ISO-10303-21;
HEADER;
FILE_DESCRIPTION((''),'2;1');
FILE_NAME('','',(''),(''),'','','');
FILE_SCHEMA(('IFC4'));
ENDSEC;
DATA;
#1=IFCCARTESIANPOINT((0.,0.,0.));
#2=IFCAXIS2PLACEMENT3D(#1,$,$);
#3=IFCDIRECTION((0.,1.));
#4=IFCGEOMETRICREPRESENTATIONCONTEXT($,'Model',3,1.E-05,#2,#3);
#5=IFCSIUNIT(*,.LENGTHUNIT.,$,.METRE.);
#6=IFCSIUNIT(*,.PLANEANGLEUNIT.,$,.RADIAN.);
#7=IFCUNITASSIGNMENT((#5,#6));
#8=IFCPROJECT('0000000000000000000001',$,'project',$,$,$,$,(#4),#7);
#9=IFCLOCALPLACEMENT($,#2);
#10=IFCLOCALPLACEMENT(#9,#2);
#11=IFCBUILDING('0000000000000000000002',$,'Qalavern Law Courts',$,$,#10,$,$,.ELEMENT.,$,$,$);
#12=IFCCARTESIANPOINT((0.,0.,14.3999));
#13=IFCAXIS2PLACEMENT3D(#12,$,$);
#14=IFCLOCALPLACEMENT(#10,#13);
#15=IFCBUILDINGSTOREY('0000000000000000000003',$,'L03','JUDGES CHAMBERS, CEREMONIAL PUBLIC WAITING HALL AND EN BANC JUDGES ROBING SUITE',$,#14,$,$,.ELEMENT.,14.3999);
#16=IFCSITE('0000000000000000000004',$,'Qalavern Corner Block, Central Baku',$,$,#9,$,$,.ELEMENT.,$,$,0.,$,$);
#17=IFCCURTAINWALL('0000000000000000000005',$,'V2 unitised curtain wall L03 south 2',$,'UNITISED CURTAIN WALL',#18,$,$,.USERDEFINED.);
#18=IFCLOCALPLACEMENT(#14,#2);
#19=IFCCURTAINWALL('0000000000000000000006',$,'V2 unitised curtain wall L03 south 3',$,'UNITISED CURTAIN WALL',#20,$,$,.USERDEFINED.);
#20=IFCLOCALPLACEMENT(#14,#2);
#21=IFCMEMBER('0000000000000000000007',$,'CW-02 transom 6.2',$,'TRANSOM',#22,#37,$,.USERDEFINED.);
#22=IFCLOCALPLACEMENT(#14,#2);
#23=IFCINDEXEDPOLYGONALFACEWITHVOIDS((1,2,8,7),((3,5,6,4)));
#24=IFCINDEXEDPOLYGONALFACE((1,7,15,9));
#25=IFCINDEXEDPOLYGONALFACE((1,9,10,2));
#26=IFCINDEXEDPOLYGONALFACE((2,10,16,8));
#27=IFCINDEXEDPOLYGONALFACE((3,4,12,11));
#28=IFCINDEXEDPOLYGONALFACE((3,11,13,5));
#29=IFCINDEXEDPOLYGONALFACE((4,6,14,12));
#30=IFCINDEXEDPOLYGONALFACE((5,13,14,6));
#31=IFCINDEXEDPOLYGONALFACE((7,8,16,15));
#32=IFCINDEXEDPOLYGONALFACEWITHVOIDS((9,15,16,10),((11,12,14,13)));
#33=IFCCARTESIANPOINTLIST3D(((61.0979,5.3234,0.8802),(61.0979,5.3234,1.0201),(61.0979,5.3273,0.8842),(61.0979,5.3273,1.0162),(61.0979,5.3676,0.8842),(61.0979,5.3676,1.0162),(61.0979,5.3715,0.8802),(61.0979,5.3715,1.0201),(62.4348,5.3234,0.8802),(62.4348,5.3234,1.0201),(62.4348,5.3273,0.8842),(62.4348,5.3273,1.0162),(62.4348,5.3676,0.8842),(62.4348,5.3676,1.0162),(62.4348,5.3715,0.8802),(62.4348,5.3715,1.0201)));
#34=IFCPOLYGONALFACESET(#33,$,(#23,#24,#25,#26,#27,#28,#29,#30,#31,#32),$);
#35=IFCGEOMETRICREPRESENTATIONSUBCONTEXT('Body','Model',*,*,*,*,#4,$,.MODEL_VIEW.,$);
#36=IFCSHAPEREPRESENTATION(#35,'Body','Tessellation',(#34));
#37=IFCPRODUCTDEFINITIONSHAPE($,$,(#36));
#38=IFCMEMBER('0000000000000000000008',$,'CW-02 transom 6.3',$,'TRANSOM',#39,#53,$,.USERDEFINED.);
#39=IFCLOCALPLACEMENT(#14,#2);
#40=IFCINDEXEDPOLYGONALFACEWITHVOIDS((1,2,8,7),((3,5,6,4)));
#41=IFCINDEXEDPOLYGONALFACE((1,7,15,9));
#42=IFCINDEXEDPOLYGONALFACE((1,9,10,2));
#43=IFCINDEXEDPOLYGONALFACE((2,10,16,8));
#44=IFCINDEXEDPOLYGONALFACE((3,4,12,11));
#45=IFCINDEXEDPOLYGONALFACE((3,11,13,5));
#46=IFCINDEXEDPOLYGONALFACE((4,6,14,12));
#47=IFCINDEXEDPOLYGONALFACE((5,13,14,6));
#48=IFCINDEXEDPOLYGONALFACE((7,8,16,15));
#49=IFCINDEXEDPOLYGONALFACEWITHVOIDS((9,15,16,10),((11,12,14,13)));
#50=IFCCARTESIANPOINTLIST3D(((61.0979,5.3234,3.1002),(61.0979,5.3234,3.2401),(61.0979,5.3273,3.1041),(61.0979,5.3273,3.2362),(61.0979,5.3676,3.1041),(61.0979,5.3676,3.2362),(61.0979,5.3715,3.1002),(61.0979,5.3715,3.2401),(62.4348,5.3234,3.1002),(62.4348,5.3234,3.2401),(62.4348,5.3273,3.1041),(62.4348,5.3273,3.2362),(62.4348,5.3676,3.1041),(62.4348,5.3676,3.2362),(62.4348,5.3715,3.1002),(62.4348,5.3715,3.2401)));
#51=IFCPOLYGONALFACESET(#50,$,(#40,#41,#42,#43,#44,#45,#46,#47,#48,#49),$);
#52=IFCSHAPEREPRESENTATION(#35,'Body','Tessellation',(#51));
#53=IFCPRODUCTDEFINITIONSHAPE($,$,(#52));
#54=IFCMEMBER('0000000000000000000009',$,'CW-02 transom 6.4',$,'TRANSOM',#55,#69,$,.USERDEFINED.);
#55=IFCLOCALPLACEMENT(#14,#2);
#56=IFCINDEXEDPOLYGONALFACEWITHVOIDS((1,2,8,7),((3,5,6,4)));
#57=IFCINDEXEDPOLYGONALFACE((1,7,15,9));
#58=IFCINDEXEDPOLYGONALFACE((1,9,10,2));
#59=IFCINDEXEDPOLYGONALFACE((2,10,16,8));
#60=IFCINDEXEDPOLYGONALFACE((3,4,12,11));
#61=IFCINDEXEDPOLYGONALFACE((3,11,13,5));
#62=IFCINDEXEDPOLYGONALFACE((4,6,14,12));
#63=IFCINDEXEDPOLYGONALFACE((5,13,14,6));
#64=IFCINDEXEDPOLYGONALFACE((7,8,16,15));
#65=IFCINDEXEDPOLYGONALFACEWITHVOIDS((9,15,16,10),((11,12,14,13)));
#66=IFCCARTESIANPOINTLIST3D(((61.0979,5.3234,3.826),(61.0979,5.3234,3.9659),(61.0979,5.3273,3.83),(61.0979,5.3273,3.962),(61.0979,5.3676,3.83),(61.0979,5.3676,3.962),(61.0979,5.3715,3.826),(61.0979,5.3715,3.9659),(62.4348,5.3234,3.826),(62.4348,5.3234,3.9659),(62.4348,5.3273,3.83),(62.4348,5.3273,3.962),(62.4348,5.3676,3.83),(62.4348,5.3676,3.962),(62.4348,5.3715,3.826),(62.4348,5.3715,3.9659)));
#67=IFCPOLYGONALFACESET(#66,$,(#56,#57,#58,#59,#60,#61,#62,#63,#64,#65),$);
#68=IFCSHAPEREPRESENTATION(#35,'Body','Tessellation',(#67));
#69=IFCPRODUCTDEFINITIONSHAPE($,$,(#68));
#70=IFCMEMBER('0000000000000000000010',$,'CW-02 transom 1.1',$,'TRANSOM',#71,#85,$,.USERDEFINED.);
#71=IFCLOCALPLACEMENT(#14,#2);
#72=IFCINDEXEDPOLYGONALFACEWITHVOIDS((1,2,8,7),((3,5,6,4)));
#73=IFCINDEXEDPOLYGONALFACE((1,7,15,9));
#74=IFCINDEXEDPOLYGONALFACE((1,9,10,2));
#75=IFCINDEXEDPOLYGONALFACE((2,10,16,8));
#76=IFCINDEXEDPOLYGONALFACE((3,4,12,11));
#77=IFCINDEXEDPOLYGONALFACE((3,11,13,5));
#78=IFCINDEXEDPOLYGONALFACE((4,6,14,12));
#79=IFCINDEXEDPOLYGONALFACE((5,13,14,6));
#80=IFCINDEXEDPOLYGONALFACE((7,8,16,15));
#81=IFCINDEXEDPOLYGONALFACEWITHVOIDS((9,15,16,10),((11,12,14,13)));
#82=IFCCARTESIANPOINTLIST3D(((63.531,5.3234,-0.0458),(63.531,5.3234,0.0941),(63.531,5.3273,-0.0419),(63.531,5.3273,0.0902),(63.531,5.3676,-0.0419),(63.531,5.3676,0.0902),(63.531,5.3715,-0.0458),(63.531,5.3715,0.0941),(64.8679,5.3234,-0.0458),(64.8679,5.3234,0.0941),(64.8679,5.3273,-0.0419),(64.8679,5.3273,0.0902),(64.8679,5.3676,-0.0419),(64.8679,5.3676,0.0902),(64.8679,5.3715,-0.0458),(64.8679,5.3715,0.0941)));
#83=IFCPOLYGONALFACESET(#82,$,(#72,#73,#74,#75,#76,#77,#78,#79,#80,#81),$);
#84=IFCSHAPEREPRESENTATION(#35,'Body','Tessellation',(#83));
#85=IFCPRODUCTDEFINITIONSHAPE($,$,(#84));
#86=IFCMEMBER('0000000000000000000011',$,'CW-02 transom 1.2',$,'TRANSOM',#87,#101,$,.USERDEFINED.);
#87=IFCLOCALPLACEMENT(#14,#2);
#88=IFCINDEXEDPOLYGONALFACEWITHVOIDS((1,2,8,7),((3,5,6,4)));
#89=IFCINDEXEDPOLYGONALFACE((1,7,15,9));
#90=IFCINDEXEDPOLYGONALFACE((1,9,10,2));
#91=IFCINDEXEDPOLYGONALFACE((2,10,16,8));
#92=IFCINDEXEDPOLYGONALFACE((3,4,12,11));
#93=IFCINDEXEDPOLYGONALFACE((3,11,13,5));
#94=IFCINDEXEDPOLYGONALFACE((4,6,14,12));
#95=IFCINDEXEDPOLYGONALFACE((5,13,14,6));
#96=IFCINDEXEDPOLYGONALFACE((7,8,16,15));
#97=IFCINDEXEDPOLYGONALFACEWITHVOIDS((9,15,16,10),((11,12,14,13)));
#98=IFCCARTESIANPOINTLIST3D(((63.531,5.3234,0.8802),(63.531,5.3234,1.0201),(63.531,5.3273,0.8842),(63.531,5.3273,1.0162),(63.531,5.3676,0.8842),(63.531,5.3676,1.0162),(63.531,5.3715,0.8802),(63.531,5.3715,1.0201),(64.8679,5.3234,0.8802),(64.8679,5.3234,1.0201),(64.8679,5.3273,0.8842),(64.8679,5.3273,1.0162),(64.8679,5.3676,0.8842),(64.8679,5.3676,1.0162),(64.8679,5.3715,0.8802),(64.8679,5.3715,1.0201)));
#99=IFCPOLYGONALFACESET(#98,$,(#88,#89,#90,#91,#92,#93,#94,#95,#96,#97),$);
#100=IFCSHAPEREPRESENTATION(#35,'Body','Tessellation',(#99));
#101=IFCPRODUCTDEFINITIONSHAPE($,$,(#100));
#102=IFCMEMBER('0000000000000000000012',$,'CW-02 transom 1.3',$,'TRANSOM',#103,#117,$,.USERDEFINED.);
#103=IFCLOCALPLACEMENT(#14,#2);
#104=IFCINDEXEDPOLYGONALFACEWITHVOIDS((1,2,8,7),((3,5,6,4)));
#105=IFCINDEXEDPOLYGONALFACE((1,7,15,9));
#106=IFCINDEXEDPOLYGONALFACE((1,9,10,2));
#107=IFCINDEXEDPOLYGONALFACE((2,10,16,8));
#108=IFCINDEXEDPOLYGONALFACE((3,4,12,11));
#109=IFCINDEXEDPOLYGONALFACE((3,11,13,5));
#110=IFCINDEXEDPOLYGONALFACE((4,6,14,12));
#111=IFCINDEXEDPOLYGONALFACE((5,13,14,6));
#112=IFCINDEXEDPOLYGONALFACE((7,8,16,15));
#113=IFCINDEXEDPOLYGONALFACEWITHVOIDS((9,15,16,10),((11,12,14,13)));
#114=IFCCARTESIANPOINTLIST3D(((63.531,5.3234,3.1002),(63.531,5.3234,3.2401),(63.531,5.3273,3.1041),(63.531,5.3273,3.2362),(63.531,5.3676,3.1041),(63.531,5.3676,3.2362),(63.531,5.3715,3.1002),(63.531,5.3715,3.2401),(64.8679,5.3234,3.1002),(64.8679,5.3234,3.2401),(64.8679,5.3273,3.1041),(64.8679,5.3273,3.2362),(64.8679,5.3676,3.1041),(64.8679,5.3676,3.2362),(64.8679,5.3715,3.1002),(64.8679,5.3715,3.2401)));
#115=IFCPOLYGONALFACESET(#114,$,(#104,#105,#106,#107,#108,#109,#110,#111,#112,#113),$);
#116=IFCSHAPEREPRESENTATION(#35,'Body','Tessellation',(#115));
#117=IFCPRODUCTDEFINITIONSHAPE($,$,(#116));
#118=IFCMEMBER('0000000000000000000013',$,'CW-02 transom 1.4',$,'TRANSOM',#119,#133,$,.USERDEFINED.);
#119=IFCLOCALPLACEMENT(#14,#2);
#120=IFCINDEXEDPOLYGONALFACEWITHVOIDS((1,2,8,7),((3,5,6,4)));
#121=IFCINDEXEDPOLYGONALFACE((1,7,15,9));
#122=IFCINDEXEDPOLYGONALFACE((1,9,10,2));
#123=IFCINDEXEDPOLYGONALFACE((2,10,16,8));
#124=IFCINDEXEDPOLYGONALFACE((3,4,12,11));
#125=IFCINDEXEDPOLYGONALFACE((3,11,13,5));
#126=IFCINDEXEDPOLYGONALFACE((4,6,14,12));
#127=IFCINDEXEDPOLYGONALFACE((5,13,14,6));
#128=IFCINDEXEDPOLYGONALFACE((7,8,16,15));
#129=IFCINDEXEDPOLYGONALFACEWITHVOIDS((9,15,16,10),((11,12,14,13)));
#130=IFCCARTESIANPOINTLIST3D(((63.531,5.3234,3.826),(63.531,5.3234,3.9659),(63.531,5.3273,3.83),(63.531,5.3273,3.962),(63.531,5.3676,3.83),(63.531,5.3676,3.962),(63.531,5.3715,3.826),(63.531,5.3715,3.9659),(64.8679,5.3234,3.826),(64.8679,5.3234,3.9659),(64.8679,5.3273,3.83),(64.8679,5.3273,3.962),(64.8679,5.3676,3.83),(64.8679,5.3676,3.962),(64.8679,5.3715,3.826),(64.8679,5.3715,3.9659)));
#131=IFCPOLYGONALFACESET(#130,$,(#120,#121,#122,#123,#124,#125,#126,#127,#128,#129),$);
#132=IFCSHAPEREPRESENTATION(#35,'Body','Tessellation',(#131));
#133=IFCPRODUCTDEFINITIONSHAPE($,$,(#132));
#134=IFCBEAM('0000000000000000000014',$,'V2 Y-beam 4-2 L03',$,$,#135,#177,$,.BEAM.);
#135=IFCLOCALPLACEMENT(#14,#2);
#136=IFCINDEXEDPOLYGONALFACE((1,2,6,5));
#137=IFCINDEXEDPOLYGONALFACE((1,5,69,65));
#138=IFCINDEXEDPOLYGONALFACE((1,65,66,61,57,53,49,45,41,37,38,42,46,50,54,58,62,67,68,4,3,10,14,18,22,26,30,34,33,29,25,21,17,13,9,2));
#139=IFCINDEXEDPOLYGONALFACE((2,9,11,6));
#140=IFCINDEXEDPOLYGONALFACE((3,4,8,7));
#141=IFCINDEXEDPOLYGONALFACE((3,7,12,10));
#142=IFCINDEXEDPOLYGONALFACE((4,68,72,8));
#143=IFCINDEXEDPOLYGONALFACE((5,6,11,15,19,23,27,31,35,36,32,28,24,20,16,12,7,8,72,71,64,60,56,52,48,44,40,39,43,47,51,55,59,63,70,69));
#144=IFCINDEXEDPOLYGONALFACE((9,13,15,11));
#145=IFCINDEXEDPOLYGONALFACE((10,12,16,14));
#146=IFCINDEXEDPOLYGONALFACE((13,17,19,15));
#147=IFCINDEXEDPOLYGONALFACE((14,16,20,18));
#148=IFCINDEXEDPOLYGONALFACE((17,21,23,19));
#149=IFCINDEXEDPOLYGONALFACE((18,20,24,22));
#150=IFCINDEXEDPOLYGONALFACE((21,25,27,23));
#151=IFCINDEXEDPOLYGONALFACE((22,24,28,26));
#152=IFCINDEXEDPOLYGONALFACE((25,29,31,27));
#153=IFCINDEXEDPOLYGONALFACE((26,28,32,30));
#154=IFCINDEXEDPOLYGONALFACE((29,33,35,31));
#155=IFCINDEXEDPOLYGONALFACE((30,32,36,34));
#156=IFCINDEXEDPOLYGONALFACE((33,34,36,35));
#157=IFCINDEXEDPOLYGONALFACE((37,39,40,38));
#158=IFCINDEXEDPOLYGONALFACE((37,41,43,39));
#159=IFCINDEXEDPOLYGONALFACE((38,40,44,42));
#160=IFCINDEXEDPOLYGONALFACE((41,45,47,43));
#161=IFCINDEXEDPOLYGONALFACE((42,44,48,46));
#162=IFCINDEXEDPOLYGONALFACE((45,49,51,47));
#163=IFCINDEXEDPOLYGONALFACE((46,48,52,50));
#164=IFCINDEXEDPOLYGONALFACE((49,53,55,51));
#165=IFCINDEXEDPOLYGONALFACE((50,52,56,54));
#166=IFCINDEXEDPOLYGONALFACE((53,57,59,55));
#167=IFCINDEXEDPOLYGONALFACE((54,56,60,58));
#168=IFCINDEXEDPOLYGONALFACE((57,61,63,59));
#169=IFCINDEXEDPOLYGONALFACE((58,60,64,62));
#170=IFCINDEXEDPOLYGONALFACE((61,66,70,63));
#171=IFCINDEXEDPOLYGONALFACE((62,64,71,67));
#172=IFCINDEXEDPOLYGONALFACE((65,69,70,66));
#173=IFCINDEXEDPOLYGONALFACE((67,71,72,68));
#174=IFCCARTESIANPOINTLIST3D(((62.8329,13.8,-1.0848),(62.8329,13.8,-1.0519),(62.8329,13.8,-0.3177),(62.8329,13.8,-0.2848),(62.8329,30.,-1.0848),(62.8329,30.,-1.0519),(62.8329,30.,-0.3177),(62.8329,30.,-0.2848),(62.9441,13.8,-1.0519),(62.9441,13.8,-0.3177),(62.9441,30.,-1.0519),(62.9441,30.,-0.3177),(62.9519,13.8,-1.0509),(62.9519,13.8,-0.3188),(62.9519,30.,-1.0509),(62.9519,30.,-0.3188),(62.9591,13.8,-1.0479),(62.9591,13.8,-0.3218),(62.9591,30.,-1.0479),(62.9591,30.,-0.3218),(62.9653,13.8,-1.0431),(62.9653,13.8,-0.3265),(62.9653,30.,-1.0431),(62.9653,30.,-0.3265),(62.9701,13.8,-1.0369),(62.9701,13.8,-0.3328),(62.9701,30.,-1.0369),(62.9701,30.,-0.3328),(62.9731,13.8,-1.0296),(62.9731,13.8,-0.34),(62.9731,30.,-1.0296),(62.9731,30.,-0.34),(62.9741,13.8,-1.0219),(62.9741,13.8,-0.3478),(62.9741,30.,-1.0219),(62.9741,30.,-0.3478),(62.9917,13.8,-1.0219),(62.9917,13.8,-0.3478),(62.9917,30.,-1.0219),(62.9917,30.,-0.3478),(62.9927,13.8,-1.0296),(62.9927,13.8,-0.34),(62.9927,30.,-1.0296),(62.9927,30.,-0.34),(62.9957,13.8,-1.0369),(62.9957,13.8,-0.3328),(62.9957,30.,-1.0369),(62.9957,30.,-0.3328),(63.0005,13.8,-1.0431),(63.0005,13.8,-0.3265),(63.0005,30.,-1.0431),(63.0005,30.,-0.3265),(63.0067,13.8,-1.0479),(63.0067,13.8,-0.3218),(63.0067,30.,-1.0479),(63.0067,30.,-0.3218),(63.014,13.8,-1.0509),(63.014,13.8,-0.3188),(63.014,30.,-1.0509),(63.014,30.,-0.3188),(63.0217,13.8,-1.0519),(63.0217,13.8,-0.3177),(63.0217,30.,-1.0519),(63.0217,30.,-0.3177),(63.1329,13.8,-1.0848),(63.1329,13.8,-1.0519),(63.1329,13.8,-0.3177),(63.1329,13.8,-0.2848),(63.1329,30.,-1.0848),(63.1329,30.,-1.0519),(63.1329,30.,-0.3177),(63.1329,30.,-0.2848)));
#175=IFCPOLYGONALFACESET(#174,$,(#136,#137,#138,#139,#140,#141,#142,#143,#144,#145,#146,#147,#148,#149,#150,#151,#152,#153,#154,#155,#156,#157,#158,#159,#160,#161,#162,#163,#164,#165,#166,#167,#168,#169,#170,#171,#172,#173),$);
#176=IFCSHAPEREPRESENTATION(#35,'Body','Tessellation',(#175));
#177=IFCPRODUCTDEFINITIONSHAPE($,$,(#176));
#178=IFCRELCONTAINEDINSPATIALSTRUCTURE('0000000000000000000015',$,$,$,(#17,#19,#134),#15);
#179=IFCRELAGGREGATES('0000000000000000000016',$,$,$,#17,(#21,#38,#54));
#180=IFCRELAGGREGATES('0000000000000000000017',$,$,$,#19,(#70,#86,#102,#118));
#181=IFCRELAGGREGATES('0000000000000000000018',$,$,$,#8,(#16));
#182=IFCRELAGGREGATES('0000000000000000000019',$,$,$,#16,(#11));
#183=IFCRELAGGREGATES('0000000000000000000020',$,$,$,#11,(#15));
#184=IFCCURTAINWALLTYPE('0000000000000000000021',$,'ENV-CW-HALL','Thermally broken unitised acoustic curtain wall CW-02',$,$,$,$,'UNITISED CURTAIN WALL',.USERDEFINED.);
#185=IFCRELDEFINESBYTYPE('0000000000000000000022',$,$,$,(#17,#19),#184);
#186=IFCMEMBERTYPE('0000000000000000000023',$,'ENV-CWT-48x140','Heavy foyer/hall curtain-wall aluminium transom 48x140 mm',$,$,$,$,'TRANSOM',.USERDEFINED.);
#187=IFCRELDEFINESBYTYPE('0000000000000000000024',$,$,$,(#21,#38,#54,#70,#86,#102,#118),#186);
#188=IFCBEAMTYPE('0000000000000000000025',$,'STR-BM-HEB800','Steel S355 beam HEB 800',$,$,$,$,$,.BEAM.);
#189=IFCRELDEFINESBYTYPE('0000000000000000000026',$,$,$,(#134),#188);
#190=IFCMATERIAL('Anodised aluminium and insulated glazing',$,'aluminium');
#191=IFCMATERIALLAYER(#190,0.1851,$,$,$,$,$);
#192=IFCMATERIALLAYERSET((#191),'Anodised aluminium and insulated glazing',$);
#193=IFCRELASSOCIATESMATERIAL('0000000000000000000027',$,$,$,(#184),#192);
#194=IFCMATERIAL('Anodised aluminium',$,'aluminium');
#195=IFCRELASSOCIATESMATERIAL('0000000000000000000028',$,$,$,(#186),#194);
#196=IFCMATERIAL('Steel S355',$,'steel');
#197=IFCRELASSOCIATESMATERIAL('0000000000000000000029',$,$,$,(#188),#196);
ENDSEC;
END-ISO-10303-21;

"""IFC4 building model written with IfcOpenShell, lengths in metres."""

from ifc_helpers import new_model, si_unit, direction, frame, origin, origin_2d, place, context, subcontext, project, spatial, hollow_rectangle, i_section, extrude, material, layer, layer_set, material_profile, profile_set, type_object, element, aggregate, save


model = new_model("IFC4")

# Units and contexts
model_context = context("Model", 3, precision=1e-05, world=origin(), true_north=direction((0.0, 1.0)))
body_context = subcontext(model_context, "Body", "Model", "MODEL_VIEW")
ifc_project = project(units=[si_unit("LENGTHUNIT", "METRE"), si_unit("PLANEANGLEUNIT", "RADIAN")], contexts=[model_context])

# Site, building, storey
site_placement = place(None, origin())
site = spatial("IfcSite", under=ifc_project, at=site_placement, Name="Qalavern Corner Block, Central Baku", CompositionType="ELEMENT", RefElevation=0.0)
building_placement = place(site_placement, origin())
building = spatial("IfcBuilding", under=site, at=building_placement, Name="Qalavern Law Courts", CompositionType="ELEMENT")
storey_placement = place(building_placement, frame((0.0, 0.0, 14.3999)))
storey = spatial("IfcBuildingStorey", under=building, at=storey_placement, Name="L03", Description="JUDGES CHAMBERS, CEREMONIAL PUBLIC WAITING HALL AND EN BANC JUDGES ROBING SUITE", CompositionType="ELEMENT", Elevation=14.3999)

# Curtain wall
ifc_material_1 = material(Name="Anodised aluminium and insulated glazing", Category="aluminium")
ifc_layer_1 = layer(ifc_material_1, 0.1851)
ifc_layer_set_1 = layer_set([ifc_layer_1], Name="Anodised aluminium and insulated glazing")
curtain_wall_type = type_object("IfcCurtainWallType", Name="ENV-CW-HALL", Description="Thermally broken unitised acoustic curtain wall CW-02", ElementType="UNITISED CURTAIN WALL", PredefinedType="USERDEFINED", material=ifc_layer_set_1)
curtain_wall_1_placement = place(storey_placement, origin())
curtain_wall_1 = element("IfcCurtainWall", 1, at=curtain_wall_1_placement, inside=storey, type_object=curtain_wall_type, Name="V2 unitised curtain wall L03 south 2", ObjectType="UNITISED CURTAIN WALL", PredefinedType="USERDEFINED")
ifc_material_2 = material(Name="Anodised aluminium", Category="aluminium")

# Curtain wall
curtain_wall_2_placement = place(storey_placement, origin())
curtain_wall_2 = element("IfcCurtainWall", 2, at=curtain_wall_2_placement, inside=storey, type_object=curtain_wall_type, Name="V2 unitised curtain wall L03 south 3", ObjectType="UNITISED CURTAIN WALL", PredefinedType="USERDEFINED")

# Members
ifc_material_profile_1 = material_profile(ifc_material_2, hollow_rectangle(XDim=0.0481, YDim=0.1399, WallThickness=0.0039, at=origin_2d()), Name="ALU TRANSOM 48x140")
ifc_profile_set_1 = profile_set([ifc_material_profile_1], Name="Anodised aluminium")
member_type_1 = type_object("IfcMemberType", Name="ENV-CWT-48x140", Description="Heavy foyer/hall curtain-wall aluminium transom 48x140 mm", ElementType="TRANSOM", PredefinedType="USERDEFINED", material=ifc_profile_set_1)
member_1_placement = place(storey_placement, frame((61.0979, 5.3474, 0.9502), z_axis=(1.0, 0.0, 0.0), x_axis=(0.0, 1.0, 0.0)))
member_1 = element("IfcMember", 3, at=member_1_placement, type_object=member_type_1, Name="CW-02 transom 6.2", ObjectType="TRANSOM", PredefinedType="USERDEFINED", context=body_context, shape_type="SweptSolid", body=[
    extrude(hollow_rectangle(XDim=0.0481, YDim=0.1399, WallThickness=0.0039, at=origin_2d()), origin(), (0.0, 0.0, 1.0), 1.3369),
])
member_2_placement = place(storey_placement, frame((61.0979, 5.3474, 3.1702), z_axis=(1.0, 0.0, 0.0), x_axis=(0.0, 1.0, 0.0)))
member_2 = element("IfcMember", 4, at=member_2_placement, type_object=member_type_1, Name="CW-02 transom 6.3", ObjectType="TRANSOM", PredefinedType="USERDEFINED", context=body_context, shape_type="SweptSolid", body=[
    extrude(hollow_rectangle(XDim=0.0481, YDim=0.1399, WallThickness=0.0039, at=origin_2d()), origin(), (0.0, 0.0, 1.0), 1.3369),
])
member_3_placement = place(storey_placement, frame((61.0979, 5.3474, 3.896), z_axis=(1.0, 0.0, 0.0), x_axis=(0.0, 1.0, 0.0)))
member_3 = element("IfcMember", 5, at=member_3_placement, type_object=member_type_1, Name="CW-02 transom 6.4", ObjectType="TRANSOM", PredefinedType="USERDEFINED", context=body_context, shape_type="SweptSolid", body=[
    extrude(hollow_rectangle(XDim=0.0481, YDim=0.1399, WallThickness=0.0039, at=origin_2d()), origin(), (0.0, 0.0, 1.0), 1.3369),
])
member_4_placement = place(storey_placement, frame((63.531, 5.3474, 0.0242), z_axis=(1.0, 0.0, 0.0), x_axis=(0.0, 1.0, 0.0)))
member_4 = element("IfcMember", 6, at=member_4_placement, type_object=member_type_1, Name="CW-02 transom 1.1", ObjectType="TRANSOM", PredefinedType="USERDEFINED", context=body_context, shape_type="SweptSolid", body=[
    extrude(hollow_rectangle(XDim=0.0481, YDim=0.1399, WallThickness=0.0039, at=origin_2d()), origin(), (0.0, 0.0, 1.0), 1.3369),
])
member_5_placement = place(storey_placement, frame((63.531, 5.3474, 0.9502), z_axis=(1.0, 0.0, 0.0), x_axis=(0.0, 1.0, 0.0)))
member_5 = element("IfcMember", 7, at=member_5_placement, type_object=member_type_1, Name="CW-02 transom 1.2", ObjectType="TRANSOM", PredefinedType="USERDEFINED", context=body_context, shape_type="SweptSolid", body=[
    extrude(hollow_rectangle(XDim=0.0481, YDim=0.1399, WallThickness=0.0039, at=origin_2d()), origin(), (0.0, 0.0, 1.0), 1.3369),
])
member_6_placement = place(storey_placement, frame((63.531, 5.3474, 3.1702), z_axis=(1.0, 0.0, 0.0), x_axis=(0.0, 1.0, 0.0)))
member_6 = element("IfcMember", 8, at=member_6_placement, type_object=member_type_1, Name="CW-02 transom 1.3", ObjectType="TRANSOM", PredefinedType="USERDEFINED", context=body_context, shape_type="SweptSolid", body=[
    extrude(hollow_rectangle(XDim=0.0481, YDim=0.1399, WallThickness=0.0039, at=origin_2d()), origin(), (0.0, 0.0, 1.0), 1.3369),
])
member_7_placement = place(storey_placement, frame((63.531, 5.3474, 3.896), z_axis=(1.0, 0.0, 0.0), x_axis=(0.0, 1.0, 0.0)))
member_7 = element("IfcMember", 9, at=member_7_placement, type_object=member_type_1, Name="CW-02 transom 1.4", ObjectType="TRANSOM", PredefinedType="USERDEFINED", context=body_context, shape_type="SweptSolid", body=[
    extrude(hollow_rectangle(XDim=0.0481, YDim=0.1399, WallThickness=0.0039, at=origin_2d()), origin(), (0.0, 0.0, 1.0), 1.3369),
])

# Beam
ifc_material_3 = material(Name="Steel S355", Category="steel")
ifc_material_profile_2 = material_profile(ifc_material_3, i_section(OverallWidth=0.3, OverallDepth=0.8, WebThickness=0.0176, FlangeThickness=0.033, FilletRadius=0.03, at=origin_2d()), Name="HEB 800")
ifc_profile_set_2 = profile_set([ifc_material_profile_2], Name="Steel S355")
beam_type_1 = type_object("IfcBeamType", Name="STR-BM-HEB800", Description="Steel S355 beam HEB 800", PredefinedType="BEAM", material=ifc_profile_set_2)
beam_1_placement = place(storey_placement, frame((62.9829, 13.8, -0.6848), z_axis=(0.0, 1.0, 0.0), x_axis=(-1.0, 0.0, 0.0)))
element("IfcBeam", 10, at=beam_1_placement, inside=storey, type_object=beam_type_1, Name="V2 Y-beam 4-2 L03", PredefinedType="BEAM", context=body_context, shape_type="SweptSolid", body=[
    extrude(i_section(OverallWidth=0.3, OverallDepth=0.8, WebThickness=0.0176, FlangeThickness=0.033, FilletRadius=0.03, at=origin_2d()), origin(), (0.0, 0.0, 1.0), 16.2),
])

aggregate(curtain_wall_1, [member_1, member_2, member_3])
aggregate(curtain_wall_2, [member_4, member_5, member_6, member_7])

save(model, "model.ifc")
